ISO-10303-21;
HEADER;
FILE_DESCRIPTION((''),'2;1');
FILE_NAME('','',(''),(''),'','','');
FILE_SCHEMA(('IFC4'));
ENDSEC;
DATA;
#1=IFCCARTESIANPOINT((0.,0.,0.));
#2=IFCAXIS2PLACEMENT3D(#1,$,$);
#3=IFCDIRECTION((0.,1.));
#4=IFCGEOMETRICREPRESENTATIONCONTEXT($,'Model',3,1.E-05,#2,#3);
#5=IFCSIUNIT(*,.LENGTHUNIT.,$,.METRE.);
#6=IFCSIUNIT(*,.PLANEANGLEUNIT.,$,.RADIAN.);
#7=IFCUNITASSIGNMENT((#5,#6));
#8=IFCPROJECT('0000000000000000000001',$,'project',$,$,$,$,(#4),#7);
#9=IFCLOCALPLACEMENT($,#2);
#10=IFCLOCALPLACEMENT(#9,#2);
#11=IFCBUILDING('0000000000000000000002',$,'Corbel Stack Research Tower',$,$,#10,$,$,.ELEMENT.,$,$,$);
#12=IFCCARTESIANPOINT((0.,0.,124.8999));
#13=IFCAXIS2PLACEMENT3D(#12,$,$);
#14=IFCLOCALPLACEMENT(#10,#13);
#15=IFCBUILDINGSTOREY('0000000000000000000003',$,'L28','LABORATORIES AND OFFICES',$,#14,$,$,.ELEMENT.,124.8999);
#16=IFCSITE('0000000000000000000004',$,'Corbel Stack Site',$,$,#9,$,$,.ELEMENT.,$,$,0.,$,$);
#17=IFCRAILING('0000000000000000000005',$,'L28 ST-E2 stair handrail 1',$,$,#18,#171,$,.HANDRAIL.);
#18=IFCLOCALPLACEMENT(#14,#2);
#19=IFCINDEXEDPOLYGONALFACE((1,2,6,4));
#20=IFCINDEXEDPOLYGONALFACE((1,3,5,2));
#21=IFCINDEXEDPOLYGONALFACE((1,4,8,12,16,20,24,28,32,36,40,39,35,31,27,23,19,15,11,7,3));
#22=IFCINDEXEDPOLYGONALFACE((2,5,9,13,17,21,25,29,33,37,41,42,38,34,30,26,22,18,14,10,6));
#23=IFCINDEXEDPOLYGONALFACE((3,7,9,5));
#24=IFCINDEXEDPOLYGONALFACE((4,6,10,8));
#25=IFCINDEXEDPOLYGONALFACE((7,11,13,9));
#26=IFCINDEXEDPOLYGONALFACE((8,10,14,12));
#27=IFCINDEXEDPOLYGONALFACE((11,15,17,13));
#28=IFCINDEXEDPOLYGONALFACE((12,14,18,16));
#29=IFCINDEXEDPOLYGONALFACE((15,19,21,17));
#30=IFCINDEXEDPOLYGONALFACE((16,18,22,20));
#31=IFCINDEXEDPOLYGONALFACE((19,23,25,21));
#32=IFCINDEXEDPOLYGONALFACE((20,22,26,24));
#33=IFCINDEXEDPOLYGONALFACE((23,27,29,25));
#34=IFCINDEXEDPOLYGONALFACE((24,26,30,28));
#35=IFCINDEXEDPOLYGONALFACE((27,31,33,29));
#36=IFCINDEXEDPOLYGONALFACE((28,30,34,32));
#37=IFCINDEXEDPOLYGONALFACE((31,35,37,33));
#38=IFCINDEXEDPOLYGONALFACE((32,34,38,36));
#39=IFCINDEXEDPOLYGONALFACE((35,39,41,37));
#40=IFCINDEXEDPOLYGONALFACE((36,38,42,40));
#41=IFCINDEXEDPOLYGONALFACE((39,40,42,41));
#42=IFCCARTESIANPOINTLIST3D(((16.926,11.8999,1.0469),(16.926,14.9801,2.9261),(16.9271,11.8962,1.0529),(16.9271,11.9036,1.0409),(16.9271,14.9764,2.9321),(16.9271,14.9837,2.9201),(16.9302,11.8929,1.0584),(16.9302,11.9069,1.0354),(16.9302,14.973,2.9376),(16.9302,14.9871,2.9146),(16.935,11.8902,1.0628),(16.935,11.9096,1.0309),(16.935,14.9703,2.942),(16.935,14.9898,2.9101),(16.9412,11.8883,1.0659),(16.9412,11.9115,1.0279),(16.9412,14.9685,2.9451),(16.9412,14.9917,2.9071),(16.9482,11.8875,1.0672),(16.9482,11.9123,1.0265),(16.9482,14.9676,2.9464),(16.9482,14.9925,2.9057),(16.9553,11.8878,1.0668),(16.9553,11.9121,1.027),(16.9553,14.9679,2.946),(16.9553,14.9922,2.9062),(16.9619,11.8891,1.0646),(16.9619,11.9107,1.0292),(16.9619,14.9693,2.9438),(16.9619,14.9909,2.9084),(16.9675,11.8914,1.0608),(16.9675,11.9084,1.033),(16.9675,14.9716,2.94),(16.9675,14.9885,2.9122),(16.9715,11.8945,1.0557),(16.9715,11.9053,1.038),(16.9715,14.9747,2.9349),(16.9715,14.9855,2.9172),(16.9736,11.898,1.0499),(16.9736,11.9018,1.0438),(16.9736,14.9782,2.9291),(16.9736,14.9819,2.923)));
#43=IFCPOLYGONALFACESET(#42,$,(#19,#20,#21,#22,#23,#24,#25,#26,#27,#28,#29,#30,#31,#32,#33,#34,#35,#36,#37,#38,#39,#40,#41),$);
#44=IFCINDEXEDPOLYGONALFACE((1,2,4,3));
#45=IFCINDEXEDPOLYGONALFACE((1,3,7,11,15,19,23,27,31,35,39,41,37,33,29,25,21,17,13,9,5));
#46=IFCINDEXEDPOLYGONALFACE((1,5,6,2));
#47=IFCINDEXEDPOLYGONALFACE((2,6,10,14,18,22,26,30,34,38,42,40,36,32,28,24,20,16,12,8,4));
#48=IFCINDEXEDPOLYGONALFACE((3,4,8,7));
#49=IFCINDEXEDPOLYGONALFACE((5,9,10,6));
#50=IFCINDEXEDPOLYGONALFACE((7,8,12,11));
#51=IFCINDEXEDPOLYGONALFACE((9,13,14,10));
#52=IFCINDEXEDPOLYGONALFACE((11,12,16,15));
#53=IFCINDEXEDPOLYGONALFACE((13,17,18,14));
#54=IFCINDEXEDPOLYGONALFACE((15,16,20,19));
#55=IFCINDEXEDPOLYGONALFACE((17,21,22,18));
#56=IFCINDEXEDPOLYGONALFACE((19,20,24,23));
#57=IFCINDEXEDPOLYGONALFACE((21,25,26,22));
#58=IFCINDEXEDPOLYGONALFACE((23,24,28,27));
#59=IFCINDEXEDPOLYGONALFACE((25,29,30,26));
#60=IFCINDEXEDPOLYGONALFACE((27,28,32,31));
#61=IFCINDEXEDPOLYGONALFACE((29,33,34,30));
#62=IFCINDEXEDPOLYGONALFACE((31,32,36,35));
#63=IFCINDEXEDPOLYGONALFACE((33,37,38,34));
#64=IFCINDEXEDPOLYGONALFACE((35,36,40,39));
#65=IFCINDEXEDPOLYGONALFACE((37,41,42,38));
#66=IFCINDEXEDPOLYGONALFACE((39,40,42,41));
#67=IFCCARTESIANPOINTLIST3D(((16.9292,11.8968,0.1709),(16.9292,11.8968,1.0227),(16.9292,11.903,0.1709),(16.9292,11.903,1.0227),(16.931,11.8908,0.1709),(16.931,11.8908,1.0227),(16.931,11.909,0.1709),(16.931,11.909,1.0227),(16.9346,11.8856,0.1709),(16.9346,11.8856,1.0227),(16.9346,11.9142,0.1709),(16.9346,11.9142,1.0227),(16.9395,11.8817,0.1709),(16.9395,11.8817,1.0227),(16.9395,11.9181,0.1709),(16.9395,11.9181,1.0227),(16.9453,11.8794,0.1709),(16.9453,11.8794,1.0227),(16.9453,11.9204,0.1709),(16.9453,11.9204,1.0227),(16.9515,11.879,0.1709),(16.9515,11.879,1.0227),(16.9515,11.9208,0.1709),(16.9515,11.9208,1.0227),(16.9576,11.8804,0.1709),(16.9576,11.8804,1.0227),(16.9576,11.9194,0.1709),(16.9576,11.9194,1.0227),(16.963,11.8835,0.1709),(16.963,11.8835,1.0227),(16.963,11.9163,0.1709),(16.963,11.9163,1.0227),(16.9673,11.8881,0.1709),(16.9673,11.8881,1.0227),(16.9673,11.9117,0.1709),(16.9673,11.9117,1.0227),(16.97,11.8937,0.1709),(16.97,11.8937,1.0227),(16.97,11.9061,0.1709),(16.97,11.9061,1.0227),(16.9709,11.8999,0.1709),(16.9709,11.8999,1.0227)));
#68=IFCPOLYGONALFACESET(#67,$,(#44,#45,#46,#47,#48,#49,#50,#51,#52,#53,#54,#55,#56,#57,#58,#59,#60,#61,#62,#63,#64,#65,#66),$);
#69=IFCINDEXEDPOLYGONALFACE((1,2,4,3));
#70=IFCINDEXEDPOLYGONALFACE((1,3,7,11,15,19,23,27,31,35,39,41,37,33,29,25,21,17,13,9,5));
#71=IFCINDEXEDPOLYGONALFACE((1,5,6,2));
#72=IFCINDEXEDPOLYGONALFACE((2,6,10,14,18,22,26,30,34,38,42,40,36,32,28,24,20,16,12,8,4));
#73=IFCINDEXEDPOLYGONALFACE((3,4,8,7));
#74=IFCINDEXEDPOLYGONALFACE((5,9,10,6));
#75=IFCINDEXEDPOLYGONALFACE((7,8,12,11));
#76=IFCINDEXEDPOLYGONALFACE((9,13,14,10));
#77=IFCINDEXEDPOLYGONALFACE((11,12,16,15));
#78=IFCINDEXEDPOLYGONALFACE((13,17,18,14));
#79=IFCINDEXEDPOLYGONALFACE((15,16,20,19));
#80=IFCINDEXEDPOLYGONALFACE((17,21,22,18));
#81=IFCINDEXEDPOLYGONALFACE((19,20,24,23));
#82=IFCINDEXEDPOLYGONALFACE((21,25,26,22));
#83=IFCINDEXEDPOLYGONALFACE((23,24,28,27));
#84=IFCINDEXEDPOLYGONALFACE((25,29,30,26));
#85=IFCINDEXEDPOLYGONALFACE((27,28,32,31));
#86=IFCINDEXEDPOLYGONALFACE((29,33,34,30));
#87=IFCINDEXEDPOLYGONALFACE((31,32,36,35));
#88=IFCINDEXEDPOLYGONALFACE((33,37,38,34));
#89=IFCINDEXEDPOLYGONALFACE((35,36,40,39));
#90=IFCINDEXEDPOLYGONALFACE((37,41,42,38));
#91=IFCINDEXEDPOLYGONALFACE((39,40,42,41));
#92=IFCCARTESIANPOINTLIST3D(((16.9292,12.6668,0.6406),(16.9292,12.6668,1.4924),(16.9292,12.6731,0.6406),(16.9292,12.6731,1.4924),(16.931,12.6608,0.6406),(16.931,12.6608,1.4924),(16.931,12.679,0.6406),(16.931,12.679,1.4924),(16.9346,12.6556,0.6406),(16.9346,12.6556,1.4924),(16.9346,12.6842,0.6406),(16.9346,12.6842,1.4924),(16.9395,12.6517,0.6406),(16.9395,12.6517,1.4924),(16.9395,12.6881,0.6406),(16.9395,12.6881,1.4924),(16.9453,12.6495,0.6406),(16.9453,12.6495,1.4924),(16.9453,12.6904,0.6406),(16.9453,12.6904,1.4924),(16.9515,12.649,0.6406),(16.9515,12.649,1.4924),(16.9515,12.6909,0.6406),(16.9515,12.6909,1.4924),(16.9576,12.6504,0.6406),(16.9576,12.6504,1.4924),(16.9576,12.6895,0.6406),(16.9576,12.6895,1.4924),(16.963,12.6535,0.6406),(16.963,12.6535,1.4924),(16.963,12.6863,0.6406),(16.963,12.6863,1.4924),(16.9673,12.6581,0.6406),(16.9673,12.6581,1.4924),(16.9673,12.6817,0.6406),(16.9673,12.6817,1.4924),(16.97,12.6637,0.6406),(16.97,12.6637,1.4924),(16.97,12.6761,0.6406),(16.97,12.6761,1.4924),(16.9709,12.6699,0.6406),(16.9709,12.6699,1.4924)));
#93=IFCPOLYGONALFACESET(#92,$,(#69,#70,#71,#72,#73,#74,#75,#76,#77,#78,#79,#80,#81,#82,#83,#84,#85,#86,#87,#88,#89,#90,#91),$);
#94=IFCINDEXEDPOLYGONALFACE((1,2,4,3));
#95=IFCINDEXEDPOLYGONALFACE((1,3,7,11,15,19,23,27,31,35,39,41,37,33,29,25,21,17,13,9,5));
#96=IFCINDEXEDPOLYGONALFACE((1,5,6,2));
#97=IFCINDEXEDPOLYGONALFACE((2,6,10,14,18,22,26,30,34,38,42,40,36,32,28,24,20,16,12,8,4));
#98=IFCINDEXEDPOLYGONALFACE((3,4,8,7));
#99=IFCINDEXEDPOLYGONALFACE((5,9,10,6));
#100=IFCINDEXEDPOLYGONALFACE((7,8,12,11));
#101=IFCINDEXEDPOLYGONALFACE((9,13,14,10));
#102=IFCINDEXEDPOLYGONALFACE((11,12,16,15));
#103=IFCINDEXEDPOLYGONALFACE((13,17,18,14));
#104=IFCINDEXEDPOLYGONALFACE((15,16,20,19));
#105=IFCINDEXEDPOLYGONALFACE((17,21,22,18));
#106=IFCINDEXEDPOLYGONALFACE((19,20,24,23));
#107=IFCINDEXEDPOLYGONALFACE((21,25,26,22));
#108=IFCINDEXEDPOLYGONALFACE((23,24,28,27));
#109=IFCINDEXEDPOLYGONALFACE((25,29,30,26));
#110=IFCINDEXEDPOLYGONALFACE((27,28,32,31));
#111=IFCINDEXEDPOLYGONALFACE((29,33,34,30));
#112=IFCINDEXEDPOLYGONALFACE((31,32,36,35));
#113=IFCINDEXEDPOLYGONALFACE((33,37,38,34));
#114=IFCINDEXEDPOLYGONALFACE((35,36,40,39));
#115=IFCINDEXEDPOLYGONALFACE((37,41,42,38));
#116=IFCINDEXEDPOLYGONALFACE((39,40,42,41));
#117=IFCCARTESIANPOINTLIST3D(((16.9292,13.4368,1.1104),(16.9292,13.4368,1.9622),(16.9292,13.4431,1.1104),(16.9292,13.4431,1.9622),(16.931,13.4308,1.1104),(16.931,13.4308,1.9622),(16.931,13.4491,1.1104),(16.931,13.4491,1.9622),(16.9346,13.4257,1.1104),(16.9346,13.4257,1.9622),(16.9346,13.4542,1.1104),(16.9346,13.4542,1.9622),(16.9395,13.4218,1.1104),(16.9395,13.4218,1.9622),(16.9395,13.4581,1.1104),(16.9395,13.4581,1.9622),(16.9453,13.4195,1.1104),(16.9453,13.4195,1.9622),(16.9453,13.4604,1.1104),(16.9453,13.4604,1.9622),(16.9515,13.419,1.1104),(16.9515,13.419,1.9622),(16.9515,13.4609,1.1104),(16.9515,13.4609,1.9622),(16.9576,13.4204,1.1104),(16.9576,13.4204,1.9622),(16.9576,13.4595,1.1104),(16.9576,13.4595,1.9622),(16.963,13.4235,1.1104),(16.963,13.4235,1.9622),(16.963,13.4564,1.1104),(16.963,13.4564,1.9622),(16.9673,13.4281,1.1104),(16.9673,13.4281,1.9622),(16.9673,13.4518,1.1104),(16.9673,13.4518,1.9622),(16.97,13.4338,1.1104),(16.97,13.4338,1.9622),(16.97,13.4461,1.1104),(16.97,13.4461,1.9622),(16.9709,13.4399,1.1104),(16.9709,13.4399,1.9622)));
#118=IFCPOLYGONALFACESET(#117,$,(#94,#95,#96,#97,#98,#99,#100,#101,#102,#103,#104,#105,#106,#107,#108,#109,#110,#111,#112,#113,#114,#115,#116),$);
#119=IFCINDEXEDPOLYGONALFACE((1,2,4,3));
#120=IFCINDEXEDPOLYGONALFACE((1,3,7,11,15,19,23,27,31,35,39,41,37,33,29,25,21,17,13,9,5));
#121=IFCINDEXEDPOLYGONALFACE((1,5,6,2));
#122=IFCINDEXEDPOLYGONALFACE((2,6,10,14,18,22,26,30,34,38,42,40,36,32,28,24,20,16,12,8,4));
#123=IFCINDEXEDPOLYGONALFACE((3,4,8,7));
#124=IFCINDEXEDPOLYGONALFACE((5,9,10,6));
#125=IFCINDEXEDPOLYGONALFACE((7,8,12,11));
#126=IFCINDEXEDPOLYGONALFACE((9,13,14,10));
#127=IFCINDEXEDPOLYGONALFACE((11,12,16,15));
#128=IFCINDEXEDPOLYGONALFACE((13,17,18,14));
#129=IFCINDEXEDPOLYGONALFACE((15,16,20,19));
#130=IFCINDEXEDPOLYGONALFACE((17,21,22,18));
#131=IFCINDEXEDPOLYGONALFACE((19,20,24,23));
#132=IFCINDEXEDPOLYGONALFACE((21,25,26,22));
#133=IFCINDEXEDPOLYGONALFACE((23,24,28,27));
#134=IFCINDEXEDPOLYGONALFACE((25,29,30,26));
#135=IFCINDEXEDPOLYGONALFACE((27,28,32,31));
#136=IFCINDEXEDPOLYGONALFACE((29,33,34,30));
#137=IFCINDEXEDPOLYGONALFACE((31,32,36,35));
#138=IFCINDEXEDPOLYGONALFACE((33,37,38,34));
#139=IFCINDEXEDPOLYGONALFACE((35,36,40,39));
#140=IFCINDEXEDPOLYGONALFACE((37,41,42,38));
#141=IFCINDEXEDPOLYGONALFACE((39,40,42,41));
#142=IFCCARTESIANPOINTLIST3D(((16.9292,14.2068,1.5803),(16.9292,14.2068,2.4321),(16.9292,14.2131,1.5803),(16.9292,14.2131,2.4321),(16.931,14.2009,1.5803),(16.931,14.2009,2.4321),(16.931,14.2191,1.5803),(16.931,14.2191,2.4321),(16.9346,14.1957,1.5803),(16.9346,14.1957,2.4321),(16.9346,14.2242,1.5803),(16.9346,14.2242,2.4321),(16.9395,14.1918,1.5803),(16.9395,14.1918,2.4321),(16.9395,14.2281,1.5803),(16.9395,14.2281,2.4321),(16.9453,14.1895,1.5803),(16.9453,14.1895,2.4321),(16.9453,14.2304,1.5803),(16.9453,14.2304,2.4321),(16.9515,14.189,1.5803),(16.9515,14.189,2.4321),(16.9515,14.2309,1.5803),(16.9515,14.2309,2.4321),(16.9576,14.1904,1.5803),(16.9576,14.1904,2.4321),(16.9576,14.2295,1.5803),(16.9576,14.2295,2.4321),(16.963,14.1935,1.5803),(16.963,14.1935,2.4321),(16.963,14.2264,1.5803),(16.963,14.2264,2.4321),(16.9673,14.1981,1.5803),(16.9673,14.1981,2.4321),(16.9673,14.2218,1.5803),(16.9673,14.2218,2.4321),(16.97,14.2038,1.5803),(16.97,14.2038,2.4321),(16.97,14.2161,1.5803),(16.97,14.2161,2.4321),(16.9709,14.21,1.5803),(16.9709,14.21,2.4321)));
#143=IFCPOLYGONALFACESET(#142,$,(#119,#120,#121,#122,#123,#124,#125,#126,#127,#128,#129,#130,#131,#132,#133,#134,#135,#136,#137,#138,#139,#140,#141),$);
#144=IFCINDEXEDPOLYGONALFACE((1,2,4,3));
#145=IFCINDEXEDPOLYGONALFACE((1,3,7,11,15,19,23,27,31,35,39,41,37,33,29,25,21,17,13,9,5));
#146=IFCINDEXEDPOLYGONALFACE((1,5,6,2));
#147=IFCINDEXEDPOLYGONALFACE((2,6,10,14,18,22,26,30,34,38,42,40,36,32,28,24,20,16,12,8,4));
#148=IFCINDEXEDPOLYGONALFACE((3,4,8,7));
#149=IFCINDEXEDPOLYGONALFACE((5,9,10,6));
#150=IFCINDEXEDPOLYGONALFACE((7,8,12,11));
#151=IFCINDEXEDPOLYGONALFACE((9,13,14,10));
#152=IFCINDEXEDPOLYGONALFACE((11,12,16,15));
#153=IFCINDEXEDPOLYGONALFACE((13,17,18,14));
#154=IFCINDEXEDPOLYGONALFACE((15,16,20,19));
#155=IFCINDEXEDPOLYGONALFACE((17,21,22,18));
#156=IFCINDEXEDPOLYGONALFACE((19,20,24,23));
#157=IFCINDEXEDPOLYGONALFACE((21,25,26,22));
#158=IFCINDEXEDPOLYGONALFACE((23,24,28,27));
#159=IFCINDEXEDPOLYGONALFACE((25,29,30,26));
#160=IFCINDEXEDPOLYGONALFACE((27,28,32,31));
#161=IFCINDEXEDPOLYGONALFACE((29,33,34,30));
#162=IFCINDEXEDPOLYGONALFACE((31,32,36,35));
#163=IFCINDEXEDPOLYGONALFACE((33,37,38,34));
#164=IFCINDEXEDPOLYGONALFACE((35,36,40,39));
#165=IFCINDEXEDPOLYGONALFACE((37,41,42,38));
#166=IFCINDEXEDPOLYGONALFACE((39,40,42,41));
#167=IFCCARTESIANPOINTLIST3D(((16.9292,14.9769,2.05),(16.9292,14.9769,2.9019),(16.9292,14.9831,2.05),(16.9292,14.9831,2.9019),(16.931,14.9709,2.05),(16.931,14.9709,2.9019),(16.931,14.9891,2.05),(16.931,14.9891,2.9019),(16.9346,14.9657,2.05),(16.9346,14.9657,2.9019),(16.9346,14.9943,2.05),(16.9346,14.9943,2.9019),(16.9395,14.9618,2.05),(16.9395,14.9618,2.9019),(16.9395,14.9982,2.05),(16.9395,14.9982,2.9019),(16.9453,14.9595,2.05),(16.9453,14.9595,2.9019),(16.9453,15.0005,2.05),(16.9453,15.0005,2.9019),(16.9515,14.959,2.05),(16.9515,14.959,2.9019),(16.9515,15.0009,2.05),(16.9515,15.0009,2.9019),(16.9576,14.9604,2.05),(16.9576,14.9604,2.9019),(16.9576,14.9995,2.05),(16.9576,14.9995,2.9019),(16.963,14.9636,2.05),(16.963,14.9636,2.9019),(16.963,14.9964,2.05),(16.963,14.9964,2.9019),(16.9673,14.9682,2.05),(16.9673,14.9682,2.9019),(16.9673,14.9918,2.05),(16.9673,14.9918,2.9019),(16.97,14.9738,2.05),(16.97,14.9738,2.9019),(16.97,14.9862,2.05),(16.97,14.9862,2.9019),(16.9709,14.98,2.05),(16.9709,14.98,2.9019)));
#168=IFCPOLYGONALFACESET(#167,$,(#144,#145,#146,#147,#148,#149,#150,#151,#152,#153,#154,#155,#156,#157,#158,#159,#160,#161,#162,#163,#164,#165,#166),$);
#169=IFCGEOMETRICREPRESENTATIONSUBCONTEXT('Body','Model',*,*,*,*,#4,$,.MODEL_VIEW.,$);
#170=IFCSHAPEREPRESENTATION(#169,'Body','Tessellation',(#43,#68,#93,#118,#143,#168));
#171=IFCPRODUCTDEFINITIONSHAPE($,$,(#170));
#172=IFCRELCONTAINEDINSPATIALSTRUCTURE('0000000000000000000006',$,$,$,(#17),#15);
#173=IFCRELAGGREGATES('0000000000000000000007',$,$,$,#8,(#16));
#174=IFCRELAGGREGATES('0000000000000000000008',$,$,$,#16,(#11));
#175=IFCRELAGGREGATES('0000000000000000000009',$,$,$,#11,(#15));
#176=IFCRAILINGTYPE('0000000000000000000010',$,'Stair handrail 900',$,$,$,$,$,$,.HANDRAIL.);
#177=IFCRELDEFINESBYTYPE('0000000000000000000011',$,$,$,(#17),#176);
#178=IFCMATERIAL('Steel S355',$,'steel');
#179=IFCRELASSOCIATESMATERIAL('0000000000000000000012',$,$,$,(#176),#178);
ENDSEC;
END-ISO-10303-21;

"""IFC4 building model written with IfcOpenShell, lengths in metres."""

from ifc_helpers import new_model, si_unit, direction, frame, origin, origin_2d, place, context, subcontext, project, spatial, circle, extrude, material, type_object, element, save


model = new_model("IFC4")

# Units and contexts
model_context = context("Model", 3, precision=1e-05, world=origin(), true_north=direction((0.0, 1.0)))
body_context = subcontext(model_context, "Body", "Model", "MODEL_VIEW")
ifc_project = project(units=[si_unit("LENGTHUNIT", "METRE"), si_unit("PLANEANGLEUNIT", "RADIAN")], contexts=[model_context])

# Site, building, storey
site_placement = place(None, origin())
site = spatial("IfcSite", under=ifc_project, at=site_placement, Name="Corbel Stack Site", CompositionType="ELEMENT", RefElevation=0.0)
building_placement = place(site_placement, origin())
building = spatial("IfcBuilding", under=site, at=building_placement, Name="Corbel Stack Research Tower", CompositionType="ELEMENT")
storey_placement = place(building_placement, frame((0.0, 0.0, 124.8999)))
storey = spatial("IfcBuildingStorey", under=building, at=storey_placement, Name="L28", Description="LABORATORIES AND OFFICES", CompositionType="ELEMENT", Elevation=124.8999)

# Railing
ifc_material_1 = material(Name="Steel S355", Category="steel")
railing_type_1 = type_object("IfcRailingType", Name="Stair handrail 900", PredefinedType="HANDRAIL", material=ifc_material_1)
railing_1_placement = place(storey_placement, frame((16.95, 11.8999, 0.1709)))
element("IfcRailing", 1, at=railing_1_placement, inside=storey, type_object=railing_type_1, Name="L28 ST-E2 stair handrail 1", PredefinedType="HANDRAIL", context=body_context, shape_type="SweptSolid", body=[
    extrude(circle(Radius=0.0239, at=origin_2d()), frame((0.0, 0.0, 0.876), z_axis=(0.0, 0.853666, 0.52082), x_axis=(-1.0, 0.0, 0.0)), (0.0, 0.0, 1.0), 3.6082),
    extrude(circle(Radius=0.021, at=origin_2d()), origin(), (0.0, 0.0, 1.0), 0.8518),
    extrude(circle(Radius=0.021, at=origin_2d()), frame((0.0, 0.77, 0.4697)), (0.0, 0.0, 1.0), 0.8518),
    extrude(circle(Radius=0.021, at=origin_2d()), frame((0.0, 1.54, 0.9395)), (0.0, 0.0, 1.0), 0.8518),
    extrude(circle(Radius=0.021, at=origin_2d()), frame((0.0, 2.3101, 1.4094)), (0.0, 0.0, 1.0), 0.8518),
    extrude(circle(Radius=0.021, at=origin_2d()), frame((0.0, 3.0801, 1.8792)), (0.0, 0.0, 1.0), 0.8518),
])

save(model, "model.ifc")
